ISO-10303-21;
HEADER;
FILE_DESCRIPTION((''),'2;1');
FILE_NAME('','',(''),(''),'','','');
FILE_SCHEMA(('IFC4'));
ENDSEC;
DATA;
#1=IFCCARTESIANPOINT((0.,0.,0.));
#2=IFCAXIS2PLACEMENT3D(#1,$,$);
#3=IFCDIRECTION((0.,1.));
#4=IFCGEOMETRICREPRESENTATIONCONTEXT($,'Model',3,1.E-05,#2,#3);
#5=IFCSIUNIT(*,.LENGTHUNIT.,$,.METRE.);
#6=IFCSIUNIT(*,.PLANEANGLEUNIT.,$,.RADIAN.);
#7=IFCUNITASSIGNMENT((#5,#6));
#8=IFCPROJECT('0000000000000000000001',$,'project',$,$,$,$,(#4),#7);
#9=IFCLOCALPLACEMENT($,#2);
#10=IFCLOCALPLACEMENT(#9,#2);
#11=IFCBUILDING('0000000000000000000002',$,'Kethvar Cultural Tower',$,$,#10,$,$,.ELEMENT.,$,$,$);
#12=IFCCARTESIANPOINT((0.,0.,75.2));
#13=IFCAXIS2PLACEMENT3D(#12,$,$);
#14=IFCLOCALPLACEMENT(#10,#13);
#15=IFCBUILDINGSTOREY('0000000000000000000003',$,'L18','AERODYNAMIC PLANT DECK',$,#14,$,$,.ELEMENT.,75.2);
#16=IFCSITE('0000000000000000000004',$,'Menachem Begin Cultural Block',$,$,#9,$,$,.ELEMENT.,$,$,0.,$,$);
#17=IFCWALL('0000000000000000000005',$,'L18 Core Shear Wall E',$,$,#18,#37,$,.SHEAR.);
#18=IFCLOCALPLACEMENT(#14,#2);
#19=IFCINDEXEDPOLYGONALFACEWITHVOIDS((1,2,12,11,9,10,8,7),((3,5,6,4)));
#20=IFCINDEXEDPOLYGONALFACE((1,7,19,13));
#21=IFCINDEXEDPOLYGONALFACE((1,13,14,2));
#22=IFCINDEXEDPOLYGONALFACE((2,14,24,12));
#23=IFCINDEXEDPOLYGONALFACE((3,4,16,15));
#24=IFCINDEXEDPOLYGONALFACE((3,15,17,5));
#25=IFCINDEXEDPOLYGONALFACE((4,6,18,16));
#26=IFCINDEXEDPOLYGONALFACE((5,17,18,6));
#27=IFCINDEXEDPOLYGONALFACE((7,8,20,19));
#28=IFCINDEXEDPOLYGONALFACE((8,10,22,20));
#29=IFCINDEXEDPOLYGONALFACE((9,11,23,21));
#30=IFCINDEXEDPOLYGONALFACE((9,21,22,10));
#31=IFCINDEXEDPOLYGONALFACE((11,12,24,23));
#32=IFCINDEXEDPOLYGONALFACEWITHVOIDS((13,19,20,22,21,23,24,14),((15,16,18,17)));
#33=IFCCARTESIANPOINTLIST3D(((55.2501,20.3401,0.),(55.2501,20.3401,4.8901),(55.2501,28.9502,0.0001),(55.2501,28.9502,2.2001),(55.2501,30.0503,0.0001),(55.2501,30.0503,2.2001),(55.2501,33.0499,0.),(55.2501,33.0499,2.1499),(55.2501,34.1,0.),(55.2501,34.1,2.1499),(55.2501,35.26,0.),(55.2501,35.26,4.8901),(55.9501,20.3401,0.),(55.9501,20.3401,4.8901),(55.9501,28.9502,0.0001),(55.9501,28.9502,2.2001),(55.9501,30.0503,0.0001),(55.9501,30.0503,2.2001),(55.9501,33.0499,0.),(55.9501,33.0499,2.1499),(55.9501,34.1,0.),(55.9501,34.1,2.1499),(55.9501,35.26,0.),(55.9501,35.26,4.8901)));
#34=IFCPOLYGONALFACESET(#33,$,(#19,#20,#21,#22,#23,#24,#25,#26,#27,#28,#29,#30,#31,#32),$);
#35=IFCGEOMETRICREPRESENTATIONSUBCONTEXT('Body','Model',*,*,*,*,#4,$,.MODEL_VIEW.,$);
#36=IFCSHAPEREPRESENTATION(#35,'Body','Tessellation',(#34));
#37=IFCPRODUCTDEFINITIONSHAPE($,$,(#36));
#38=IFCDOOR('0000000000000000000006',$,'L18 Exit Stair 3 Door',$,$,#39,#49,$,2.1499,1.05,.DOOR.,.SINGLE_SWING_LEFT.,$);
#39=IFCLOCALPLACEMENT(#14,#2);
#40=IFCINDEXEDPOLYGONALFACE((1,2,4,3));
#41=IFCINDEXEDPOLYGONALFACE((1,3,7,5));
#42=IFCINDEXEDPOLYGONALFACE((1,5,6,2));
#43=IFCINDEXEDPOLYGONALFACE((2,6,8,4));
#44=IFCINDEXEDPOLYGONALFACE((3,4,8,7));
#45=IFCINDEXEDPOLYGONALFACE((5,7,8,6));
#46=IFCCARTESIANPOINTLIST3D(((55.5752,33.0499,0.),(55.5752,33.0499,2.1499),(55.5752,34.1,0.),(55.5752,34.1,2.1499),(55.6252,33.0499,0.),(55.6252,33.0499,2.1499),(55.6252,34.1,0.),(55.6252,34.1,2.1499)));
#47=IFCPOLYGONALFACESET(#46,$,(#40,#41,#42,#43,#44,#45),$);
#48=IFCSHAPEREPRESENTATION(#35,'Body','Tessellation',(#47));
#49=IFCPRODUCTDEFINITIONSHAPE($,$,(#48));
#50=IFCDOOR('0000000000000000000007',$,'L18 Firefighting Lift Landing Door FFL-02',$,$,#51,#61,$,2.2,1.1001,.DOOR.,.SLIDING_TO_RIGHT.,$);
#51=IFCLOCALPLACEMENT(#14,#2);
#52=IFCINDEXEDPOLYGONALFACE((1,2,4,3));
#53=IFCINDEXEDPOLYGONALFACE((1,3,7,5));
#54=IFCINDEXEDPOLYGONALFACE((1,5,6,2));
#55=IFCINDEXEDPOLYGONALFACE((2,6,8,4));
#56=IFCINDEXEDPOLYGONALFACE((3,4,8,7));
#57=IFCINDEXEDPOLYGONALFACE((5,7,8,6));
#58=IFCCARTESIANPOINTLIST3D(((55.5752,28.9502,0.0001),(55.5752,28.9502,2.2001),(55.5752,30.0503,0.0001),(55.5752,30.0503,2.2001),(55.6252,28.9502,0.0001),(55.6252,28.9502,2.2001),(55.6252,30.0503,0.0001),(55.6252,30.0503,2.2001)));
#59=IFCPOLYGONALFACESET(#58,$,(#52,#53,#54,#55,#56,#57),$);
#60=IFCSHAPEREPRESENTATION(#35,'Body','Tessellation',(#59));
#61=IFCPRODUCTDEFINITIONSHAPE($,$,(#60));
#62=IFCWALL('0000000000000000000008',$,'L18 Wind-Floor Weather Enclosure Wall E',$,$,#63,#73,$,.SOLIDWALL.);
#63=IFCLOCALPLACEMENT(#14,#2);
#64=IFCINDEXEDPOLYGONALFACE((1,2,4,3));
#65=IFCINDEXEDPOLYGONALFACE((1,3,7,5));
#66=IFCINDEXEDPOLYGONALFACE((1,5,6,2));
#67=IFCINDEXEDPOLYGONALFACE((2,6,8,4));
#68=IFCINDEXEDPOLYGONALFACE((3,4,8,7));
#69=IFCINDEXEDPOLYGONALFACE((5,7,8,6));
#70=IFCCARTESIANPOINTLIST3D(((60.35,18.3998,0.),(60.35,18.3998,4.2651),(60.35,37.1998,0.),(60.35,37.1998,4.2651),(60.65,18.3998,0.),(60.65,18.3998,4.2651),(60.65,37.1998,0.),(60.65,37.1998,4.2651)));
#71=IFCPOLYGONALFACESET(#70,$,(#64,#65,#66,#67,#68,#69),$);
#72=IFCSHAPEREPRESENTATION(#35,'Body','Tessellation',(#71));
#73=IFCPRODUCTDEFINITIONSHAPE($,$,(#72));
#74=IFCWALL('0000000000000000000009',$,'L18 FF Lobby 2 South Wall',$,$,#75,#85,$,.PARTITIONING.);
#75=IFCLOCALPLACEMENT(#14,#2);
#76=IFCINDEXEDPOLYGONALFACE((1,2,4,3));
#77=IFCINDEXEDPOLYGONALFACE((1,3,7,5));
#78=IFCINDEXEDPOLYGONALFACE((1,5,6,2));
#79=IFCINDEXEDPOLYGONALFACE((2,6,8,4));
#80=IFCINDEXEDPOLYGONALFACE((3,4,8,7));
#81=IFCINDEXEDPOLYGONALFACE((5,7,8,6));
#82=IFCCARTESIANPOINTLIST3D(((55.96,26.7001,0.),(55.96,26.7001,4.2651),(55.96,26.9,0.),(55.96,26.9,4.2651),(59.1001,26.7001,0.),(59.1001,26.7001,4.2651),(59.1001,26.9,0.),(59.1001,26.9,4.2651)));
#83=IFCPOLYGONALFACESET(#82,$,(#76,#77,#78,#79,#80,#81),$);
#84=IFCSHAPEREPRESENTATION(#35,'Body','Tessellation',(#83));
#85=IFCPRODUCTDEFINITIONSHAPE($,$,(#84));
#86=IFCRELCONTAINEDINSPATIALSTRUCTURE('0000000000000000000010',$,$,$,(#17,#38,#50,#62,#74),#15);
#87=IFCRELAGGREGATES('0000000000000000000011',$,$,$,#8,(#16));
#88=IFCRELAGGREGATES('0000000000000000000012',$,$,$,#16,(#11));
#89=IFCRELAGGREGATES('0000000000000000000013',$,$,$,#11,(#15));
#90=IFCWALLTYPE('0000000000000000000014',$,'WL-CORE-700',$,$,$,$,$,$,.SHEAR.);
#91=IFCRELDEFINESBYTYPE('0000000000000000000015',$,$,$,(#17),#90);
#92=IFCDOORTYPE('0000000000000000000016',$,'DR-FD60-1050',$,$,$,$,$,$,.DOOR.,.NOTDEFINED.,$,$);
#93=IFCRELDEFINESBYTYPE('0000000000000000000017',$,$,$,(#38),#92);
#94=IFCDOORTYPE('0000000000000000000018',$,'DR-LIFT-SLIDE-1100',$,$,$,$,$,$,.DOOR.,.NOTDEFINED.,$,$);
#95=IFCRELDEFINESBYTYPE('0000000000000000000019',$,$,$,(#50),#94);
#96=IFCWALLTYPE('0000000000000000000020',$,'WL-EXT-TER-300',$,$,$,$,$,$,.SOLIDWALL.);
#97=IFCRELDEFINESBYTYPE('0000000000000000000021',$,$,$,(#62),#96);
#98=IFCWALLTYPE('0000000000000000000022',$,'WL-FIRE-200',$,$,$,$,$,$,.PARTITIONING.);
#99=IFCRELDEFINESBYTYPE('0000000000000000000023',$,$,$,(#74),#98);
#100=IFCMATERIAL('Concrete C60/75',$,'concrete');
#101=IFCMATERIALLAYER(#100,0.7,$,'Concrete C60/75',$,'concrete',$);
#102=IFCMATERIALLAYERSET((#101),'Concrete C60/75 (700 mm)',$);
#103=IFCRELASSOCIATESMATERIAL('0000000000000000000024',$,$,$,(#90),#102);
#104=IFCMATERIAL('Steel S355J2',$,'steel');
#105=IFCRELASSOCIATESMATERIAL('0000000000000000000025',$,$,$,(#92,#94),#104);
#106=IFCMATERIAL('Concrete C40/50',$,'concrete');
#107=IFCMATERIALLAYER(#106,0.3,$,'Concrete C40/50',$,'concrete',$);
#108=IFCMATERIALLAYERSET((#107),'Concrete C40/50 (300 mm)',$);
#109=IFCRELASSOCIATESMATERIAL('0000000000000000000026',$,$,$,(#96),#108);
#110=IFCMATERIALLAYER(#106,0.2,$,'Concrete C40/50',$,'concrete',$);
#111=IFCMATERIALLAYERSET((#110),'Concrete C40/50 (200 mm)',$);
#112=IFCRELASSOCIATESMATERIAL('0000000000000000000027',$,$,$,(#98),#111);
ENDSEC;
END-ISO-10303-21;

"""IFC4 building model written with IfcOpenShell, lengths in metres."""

from ifc_helpers import new_model, si_unit, direction, frame, frame_2d, origin, place, context, subcontext, project, spatial, rectangle, extrude, source, transform, mapped, material, layer, layer_set, type_object, element, fill, save


model = new_model("IFC4")

# Units and contexts
model_context = context("Model", 3, precision=1e-05, world=origin(), true_north=direction((0.0, 1.0)))
body_context = subcontext(model_context, "Body", "Model", "MODEL_VIEW")
ifc_project = project(units=[si_unit("LENGTHUNIT", "METRE"), si_unit("PLANEANGLEUNIT", "RADIAN")], contexts=[model_context])

# Site, building, storey
site_placement = place(None, origin())
site = spatial("IfcSite", under=ifc_project, at=site_placement, Name="Menachem Begin Cultural Block", CompositionType="ELEMENT", RefElevation=0.0)
building_placement = place(site_placement, origin())
building = spatial("IfcBuilding", under=site, at=building_placement, Name="Kethvar Cultural Tower", CompositionType="ELEMENT")
storey_placement = place(building_placement, frame((0.0, 0.0, 75.2)))
storey = spatial("IfcBuildingStorey", under=building, at=storey_placement, Name="L18", Description="AERODYNAMIC PLANT DECK", CompositionType="ELEMENT", Elevation=75.2)

# Shared definitions
ifc_material_1 = material(Name="Steel S355J2", Category="steel")

# Wall, openings, doors
ifc_material_2 = material(Name="Concrete C60/75", Category="concrete")
ifc_layer_1 = layer(ifc_material_2, 0.7, Name="Concrete C60/75", Category="concrete")
ifc_layer_set_1 = layer_set([ifc_layer_1], Name="Concrete C60/75 (700 mm)")
wall_type_1 = type_object("IfcWallType", Name="WL-CORE-700", PredefinedType="SHEAR", material=ifc_layer_set_1)
wall_1_placement = place(storey_placement, frame((55.6001, 20.3401, 0.0), z_axis=(0.0, 0.0, 1.0), x_axis=(0.0, 1.0, 0.0)))
wall_1 = element("IfcWall", 1, at=wall_1_placement, inside=storey, type_object=wall_type_1, Name="L18 Core Shear Wall E", PredefinedType="SHEAR", context=body_context, shape_type="SweptSolid", body=[
    extrude(rectangle(XDim=14.9199, YDim=0.7, at=frame_2d((7.46, 0.0))), origin(), (0.0, 0.0, 1.0), 4.8901),
])
opening_1_placement = place(wall_1_placement, frame((12.71, 0.0, 0.0)))
opening_1 = element("IfcOpeningElement", 2, at=opening_1_placement, cuts=wall_1, PredefinedType="OPENING", context=body_context, shape_type="SweptSolid", body=[
    extrude(rectangle(XDim=1.05, YDim=2.1499, at=frame_2d((0.5249, 1.075))), frame((0.0, 0.3599, 0.0), z_axis=(0.0, -1.0, 0.0), x_axis=(1.0, 0.0, 0.0)), (0.0, 0.0, 1.0), 0.72),
])
opening_2_placement = place(wall_1_placement, frame((8.6101, 0.0, 0.0)))
opening_2 = element("IfcOpeningElement", 3, at=opening_2_placement, cuts=wall_1, PredefinedType="OPENING", context=body_context, shape_type="SweptSolid", body=[
    extrude(rectangle(XDim=1.1001, YDim=2.2, at=frame_2d((0.55, 1.1001))), frame((0.0, 0.3599, 0.0), z_axis=(0.0, -1.0, 0.0), x_axis=(1.0, 0.0, 0.0)), (0.0, 0.0, 1.0), 0.72),
])
door_type_1 = type_object("IfcDoorType", Name="DR-FD60-1050", OperationType="NOTDEFINED", PredefinedType="DOOR", material=ifc_material_1)
shared_shape_1 = source(origin(), body_context, "Body", "SweptSolid", [
    extrude(rectangle(XDim=1.05, YDim=2.1499, at=frame_2d((0.5249, 1.075))), frame((0.0, 0.0249, 0.0), z_axis=(0.0, -1.0, 0.0), x_axis=(1.0, 0.0, 0.0)), (0.0, 0.0, 1.0), 0.05),
])
door_1_placement = place(opening_1_placement, origin())
door_1 = element("IfcDoor", 4, at=door_1_placement, inside=storey, type_object=door_type_1, Name="L18 Exit Stair 3 Door", OperationType="SINGLE_SWING_LEFT", OverallHeight=2.1499, OverallWidth=1.05, PredefinedType="DOOR", context=body_context, shape_type="MappedRepresentation", body=[
    mapped(shared_shape_1, transform((0.0, 0.0, 0.0), scale=1.0)),
])
fill(opening_1, door_1)
door_type_2 = type_object("IfcDoorType", Name="DR-LIFT-SLIDE-1100", OperationType="NOTDEFINED", PredefinedType="DOOR", material=ifc_material_1)
shared_shape_2 = source(origin(), body_context, "Body", "SweptSolid", [
    extrude(rectangle(XDim=1.1001, YDim=2.2, at=frame_2d((0.55, 1.1001))), frame((0.0, 0.0249, 0.0), z_axis=(0.0, -1.0, 0.0), x_axis=(1.0, 0.0, 0.0)), (0.0, 0.0, 1.0), 0.05),
])
door_2_placement = place(opening_2_placement, origin())
door_2 = element("IfcDoor", 5, at=door_2_placement, inside=storey, type_object=door_type_2, Name="L18 Firefighting Lift Landing Door FFL-02", OperationType="SLIDING_TO_RIGHT", OverallHeight=2.2, OverallWidth=1.1001, PredefinedType="DOOR", context=body_context, shape_type="MappedRepresentation", body=[
    mapped(shared_shape_2, transform((0.0, 0.0, 0.0), scale=1.0)),
])
fill(opening_2, door_2)

# Wall
ifc_material_3 = material(Name="Concrete C40/50", Category="concrete")
ifc_layer_2 = layer(ifc_material_3, 0.3, Name="Concrete C40/50", Category="concrete")
ifc_layer_set_2 = layer_set([ifc_layer_2], Name="Concrete C40/50 (300 mm)")
wall_type_2 = type_object("IfcWallType", Name="WL-EXT-TER-300", PredefinedType="SOLIDWALL", material=ifc_layer_set_2)
wall_2_placement = place(storey_placement, frame((60.5, 18.3999, 0.0), z_axis=(0.0, 0.0, 1.0), x_axis=(0.0, 1.0, 0.0)))
element("IfcWall", 6, at=wall_2_placement, inside=storey, type_object=wall_type_2, Name="L18 Wind-Floor Weather Enclosure Wall E", PredefinedType="SOLIDWALL", context=body_context, shape_type="SweptSolid", body=[
    extrude(rectangle(XDim=18.8, YDim=0.3, at=frame_2d((9.3999, 0.0))), origin(), (0.0, 0.0, 1.0), 4.2651),
])

# Shared definitions
ifc_layer_3 = layer(ifc_material_3, 0.2, Name="Concrete C40/50", Category="concrete")
ifc_layer_set_3 = layer_set([ifc_layer_3], Name="Concrete C40/50 (200 mm)")
wall_type_3 = type_object("IfcWallType", Name="WL-FIRE-200", PredefinedType="PARTITIONING", material=ifc_layer_set_3)

# Wall
wall_3_placement = place(storey_placement, frame((55.96, 26.8, 0.0), z_axis=(0.0, 0.0, 1.0), x_axis=(1.0, 0.0, 0.0)))
element("IfcWall", 7, at=wall_3_placement, inside=storey, type_object=wall_type_3, Name="L18 FF Lobby 2 South Wall", PredefinedType="PARTITIONING", context=body_context, shape_type="SweptSolid", body=[
    extrude(rectangle(XDim=3.1401, YDim=0.2, at=frame_2d((1.5701, 0.0))), origin(), (0.0, 0.0, 1.0), 4.2651),
])

save(model, "model.ifc")
